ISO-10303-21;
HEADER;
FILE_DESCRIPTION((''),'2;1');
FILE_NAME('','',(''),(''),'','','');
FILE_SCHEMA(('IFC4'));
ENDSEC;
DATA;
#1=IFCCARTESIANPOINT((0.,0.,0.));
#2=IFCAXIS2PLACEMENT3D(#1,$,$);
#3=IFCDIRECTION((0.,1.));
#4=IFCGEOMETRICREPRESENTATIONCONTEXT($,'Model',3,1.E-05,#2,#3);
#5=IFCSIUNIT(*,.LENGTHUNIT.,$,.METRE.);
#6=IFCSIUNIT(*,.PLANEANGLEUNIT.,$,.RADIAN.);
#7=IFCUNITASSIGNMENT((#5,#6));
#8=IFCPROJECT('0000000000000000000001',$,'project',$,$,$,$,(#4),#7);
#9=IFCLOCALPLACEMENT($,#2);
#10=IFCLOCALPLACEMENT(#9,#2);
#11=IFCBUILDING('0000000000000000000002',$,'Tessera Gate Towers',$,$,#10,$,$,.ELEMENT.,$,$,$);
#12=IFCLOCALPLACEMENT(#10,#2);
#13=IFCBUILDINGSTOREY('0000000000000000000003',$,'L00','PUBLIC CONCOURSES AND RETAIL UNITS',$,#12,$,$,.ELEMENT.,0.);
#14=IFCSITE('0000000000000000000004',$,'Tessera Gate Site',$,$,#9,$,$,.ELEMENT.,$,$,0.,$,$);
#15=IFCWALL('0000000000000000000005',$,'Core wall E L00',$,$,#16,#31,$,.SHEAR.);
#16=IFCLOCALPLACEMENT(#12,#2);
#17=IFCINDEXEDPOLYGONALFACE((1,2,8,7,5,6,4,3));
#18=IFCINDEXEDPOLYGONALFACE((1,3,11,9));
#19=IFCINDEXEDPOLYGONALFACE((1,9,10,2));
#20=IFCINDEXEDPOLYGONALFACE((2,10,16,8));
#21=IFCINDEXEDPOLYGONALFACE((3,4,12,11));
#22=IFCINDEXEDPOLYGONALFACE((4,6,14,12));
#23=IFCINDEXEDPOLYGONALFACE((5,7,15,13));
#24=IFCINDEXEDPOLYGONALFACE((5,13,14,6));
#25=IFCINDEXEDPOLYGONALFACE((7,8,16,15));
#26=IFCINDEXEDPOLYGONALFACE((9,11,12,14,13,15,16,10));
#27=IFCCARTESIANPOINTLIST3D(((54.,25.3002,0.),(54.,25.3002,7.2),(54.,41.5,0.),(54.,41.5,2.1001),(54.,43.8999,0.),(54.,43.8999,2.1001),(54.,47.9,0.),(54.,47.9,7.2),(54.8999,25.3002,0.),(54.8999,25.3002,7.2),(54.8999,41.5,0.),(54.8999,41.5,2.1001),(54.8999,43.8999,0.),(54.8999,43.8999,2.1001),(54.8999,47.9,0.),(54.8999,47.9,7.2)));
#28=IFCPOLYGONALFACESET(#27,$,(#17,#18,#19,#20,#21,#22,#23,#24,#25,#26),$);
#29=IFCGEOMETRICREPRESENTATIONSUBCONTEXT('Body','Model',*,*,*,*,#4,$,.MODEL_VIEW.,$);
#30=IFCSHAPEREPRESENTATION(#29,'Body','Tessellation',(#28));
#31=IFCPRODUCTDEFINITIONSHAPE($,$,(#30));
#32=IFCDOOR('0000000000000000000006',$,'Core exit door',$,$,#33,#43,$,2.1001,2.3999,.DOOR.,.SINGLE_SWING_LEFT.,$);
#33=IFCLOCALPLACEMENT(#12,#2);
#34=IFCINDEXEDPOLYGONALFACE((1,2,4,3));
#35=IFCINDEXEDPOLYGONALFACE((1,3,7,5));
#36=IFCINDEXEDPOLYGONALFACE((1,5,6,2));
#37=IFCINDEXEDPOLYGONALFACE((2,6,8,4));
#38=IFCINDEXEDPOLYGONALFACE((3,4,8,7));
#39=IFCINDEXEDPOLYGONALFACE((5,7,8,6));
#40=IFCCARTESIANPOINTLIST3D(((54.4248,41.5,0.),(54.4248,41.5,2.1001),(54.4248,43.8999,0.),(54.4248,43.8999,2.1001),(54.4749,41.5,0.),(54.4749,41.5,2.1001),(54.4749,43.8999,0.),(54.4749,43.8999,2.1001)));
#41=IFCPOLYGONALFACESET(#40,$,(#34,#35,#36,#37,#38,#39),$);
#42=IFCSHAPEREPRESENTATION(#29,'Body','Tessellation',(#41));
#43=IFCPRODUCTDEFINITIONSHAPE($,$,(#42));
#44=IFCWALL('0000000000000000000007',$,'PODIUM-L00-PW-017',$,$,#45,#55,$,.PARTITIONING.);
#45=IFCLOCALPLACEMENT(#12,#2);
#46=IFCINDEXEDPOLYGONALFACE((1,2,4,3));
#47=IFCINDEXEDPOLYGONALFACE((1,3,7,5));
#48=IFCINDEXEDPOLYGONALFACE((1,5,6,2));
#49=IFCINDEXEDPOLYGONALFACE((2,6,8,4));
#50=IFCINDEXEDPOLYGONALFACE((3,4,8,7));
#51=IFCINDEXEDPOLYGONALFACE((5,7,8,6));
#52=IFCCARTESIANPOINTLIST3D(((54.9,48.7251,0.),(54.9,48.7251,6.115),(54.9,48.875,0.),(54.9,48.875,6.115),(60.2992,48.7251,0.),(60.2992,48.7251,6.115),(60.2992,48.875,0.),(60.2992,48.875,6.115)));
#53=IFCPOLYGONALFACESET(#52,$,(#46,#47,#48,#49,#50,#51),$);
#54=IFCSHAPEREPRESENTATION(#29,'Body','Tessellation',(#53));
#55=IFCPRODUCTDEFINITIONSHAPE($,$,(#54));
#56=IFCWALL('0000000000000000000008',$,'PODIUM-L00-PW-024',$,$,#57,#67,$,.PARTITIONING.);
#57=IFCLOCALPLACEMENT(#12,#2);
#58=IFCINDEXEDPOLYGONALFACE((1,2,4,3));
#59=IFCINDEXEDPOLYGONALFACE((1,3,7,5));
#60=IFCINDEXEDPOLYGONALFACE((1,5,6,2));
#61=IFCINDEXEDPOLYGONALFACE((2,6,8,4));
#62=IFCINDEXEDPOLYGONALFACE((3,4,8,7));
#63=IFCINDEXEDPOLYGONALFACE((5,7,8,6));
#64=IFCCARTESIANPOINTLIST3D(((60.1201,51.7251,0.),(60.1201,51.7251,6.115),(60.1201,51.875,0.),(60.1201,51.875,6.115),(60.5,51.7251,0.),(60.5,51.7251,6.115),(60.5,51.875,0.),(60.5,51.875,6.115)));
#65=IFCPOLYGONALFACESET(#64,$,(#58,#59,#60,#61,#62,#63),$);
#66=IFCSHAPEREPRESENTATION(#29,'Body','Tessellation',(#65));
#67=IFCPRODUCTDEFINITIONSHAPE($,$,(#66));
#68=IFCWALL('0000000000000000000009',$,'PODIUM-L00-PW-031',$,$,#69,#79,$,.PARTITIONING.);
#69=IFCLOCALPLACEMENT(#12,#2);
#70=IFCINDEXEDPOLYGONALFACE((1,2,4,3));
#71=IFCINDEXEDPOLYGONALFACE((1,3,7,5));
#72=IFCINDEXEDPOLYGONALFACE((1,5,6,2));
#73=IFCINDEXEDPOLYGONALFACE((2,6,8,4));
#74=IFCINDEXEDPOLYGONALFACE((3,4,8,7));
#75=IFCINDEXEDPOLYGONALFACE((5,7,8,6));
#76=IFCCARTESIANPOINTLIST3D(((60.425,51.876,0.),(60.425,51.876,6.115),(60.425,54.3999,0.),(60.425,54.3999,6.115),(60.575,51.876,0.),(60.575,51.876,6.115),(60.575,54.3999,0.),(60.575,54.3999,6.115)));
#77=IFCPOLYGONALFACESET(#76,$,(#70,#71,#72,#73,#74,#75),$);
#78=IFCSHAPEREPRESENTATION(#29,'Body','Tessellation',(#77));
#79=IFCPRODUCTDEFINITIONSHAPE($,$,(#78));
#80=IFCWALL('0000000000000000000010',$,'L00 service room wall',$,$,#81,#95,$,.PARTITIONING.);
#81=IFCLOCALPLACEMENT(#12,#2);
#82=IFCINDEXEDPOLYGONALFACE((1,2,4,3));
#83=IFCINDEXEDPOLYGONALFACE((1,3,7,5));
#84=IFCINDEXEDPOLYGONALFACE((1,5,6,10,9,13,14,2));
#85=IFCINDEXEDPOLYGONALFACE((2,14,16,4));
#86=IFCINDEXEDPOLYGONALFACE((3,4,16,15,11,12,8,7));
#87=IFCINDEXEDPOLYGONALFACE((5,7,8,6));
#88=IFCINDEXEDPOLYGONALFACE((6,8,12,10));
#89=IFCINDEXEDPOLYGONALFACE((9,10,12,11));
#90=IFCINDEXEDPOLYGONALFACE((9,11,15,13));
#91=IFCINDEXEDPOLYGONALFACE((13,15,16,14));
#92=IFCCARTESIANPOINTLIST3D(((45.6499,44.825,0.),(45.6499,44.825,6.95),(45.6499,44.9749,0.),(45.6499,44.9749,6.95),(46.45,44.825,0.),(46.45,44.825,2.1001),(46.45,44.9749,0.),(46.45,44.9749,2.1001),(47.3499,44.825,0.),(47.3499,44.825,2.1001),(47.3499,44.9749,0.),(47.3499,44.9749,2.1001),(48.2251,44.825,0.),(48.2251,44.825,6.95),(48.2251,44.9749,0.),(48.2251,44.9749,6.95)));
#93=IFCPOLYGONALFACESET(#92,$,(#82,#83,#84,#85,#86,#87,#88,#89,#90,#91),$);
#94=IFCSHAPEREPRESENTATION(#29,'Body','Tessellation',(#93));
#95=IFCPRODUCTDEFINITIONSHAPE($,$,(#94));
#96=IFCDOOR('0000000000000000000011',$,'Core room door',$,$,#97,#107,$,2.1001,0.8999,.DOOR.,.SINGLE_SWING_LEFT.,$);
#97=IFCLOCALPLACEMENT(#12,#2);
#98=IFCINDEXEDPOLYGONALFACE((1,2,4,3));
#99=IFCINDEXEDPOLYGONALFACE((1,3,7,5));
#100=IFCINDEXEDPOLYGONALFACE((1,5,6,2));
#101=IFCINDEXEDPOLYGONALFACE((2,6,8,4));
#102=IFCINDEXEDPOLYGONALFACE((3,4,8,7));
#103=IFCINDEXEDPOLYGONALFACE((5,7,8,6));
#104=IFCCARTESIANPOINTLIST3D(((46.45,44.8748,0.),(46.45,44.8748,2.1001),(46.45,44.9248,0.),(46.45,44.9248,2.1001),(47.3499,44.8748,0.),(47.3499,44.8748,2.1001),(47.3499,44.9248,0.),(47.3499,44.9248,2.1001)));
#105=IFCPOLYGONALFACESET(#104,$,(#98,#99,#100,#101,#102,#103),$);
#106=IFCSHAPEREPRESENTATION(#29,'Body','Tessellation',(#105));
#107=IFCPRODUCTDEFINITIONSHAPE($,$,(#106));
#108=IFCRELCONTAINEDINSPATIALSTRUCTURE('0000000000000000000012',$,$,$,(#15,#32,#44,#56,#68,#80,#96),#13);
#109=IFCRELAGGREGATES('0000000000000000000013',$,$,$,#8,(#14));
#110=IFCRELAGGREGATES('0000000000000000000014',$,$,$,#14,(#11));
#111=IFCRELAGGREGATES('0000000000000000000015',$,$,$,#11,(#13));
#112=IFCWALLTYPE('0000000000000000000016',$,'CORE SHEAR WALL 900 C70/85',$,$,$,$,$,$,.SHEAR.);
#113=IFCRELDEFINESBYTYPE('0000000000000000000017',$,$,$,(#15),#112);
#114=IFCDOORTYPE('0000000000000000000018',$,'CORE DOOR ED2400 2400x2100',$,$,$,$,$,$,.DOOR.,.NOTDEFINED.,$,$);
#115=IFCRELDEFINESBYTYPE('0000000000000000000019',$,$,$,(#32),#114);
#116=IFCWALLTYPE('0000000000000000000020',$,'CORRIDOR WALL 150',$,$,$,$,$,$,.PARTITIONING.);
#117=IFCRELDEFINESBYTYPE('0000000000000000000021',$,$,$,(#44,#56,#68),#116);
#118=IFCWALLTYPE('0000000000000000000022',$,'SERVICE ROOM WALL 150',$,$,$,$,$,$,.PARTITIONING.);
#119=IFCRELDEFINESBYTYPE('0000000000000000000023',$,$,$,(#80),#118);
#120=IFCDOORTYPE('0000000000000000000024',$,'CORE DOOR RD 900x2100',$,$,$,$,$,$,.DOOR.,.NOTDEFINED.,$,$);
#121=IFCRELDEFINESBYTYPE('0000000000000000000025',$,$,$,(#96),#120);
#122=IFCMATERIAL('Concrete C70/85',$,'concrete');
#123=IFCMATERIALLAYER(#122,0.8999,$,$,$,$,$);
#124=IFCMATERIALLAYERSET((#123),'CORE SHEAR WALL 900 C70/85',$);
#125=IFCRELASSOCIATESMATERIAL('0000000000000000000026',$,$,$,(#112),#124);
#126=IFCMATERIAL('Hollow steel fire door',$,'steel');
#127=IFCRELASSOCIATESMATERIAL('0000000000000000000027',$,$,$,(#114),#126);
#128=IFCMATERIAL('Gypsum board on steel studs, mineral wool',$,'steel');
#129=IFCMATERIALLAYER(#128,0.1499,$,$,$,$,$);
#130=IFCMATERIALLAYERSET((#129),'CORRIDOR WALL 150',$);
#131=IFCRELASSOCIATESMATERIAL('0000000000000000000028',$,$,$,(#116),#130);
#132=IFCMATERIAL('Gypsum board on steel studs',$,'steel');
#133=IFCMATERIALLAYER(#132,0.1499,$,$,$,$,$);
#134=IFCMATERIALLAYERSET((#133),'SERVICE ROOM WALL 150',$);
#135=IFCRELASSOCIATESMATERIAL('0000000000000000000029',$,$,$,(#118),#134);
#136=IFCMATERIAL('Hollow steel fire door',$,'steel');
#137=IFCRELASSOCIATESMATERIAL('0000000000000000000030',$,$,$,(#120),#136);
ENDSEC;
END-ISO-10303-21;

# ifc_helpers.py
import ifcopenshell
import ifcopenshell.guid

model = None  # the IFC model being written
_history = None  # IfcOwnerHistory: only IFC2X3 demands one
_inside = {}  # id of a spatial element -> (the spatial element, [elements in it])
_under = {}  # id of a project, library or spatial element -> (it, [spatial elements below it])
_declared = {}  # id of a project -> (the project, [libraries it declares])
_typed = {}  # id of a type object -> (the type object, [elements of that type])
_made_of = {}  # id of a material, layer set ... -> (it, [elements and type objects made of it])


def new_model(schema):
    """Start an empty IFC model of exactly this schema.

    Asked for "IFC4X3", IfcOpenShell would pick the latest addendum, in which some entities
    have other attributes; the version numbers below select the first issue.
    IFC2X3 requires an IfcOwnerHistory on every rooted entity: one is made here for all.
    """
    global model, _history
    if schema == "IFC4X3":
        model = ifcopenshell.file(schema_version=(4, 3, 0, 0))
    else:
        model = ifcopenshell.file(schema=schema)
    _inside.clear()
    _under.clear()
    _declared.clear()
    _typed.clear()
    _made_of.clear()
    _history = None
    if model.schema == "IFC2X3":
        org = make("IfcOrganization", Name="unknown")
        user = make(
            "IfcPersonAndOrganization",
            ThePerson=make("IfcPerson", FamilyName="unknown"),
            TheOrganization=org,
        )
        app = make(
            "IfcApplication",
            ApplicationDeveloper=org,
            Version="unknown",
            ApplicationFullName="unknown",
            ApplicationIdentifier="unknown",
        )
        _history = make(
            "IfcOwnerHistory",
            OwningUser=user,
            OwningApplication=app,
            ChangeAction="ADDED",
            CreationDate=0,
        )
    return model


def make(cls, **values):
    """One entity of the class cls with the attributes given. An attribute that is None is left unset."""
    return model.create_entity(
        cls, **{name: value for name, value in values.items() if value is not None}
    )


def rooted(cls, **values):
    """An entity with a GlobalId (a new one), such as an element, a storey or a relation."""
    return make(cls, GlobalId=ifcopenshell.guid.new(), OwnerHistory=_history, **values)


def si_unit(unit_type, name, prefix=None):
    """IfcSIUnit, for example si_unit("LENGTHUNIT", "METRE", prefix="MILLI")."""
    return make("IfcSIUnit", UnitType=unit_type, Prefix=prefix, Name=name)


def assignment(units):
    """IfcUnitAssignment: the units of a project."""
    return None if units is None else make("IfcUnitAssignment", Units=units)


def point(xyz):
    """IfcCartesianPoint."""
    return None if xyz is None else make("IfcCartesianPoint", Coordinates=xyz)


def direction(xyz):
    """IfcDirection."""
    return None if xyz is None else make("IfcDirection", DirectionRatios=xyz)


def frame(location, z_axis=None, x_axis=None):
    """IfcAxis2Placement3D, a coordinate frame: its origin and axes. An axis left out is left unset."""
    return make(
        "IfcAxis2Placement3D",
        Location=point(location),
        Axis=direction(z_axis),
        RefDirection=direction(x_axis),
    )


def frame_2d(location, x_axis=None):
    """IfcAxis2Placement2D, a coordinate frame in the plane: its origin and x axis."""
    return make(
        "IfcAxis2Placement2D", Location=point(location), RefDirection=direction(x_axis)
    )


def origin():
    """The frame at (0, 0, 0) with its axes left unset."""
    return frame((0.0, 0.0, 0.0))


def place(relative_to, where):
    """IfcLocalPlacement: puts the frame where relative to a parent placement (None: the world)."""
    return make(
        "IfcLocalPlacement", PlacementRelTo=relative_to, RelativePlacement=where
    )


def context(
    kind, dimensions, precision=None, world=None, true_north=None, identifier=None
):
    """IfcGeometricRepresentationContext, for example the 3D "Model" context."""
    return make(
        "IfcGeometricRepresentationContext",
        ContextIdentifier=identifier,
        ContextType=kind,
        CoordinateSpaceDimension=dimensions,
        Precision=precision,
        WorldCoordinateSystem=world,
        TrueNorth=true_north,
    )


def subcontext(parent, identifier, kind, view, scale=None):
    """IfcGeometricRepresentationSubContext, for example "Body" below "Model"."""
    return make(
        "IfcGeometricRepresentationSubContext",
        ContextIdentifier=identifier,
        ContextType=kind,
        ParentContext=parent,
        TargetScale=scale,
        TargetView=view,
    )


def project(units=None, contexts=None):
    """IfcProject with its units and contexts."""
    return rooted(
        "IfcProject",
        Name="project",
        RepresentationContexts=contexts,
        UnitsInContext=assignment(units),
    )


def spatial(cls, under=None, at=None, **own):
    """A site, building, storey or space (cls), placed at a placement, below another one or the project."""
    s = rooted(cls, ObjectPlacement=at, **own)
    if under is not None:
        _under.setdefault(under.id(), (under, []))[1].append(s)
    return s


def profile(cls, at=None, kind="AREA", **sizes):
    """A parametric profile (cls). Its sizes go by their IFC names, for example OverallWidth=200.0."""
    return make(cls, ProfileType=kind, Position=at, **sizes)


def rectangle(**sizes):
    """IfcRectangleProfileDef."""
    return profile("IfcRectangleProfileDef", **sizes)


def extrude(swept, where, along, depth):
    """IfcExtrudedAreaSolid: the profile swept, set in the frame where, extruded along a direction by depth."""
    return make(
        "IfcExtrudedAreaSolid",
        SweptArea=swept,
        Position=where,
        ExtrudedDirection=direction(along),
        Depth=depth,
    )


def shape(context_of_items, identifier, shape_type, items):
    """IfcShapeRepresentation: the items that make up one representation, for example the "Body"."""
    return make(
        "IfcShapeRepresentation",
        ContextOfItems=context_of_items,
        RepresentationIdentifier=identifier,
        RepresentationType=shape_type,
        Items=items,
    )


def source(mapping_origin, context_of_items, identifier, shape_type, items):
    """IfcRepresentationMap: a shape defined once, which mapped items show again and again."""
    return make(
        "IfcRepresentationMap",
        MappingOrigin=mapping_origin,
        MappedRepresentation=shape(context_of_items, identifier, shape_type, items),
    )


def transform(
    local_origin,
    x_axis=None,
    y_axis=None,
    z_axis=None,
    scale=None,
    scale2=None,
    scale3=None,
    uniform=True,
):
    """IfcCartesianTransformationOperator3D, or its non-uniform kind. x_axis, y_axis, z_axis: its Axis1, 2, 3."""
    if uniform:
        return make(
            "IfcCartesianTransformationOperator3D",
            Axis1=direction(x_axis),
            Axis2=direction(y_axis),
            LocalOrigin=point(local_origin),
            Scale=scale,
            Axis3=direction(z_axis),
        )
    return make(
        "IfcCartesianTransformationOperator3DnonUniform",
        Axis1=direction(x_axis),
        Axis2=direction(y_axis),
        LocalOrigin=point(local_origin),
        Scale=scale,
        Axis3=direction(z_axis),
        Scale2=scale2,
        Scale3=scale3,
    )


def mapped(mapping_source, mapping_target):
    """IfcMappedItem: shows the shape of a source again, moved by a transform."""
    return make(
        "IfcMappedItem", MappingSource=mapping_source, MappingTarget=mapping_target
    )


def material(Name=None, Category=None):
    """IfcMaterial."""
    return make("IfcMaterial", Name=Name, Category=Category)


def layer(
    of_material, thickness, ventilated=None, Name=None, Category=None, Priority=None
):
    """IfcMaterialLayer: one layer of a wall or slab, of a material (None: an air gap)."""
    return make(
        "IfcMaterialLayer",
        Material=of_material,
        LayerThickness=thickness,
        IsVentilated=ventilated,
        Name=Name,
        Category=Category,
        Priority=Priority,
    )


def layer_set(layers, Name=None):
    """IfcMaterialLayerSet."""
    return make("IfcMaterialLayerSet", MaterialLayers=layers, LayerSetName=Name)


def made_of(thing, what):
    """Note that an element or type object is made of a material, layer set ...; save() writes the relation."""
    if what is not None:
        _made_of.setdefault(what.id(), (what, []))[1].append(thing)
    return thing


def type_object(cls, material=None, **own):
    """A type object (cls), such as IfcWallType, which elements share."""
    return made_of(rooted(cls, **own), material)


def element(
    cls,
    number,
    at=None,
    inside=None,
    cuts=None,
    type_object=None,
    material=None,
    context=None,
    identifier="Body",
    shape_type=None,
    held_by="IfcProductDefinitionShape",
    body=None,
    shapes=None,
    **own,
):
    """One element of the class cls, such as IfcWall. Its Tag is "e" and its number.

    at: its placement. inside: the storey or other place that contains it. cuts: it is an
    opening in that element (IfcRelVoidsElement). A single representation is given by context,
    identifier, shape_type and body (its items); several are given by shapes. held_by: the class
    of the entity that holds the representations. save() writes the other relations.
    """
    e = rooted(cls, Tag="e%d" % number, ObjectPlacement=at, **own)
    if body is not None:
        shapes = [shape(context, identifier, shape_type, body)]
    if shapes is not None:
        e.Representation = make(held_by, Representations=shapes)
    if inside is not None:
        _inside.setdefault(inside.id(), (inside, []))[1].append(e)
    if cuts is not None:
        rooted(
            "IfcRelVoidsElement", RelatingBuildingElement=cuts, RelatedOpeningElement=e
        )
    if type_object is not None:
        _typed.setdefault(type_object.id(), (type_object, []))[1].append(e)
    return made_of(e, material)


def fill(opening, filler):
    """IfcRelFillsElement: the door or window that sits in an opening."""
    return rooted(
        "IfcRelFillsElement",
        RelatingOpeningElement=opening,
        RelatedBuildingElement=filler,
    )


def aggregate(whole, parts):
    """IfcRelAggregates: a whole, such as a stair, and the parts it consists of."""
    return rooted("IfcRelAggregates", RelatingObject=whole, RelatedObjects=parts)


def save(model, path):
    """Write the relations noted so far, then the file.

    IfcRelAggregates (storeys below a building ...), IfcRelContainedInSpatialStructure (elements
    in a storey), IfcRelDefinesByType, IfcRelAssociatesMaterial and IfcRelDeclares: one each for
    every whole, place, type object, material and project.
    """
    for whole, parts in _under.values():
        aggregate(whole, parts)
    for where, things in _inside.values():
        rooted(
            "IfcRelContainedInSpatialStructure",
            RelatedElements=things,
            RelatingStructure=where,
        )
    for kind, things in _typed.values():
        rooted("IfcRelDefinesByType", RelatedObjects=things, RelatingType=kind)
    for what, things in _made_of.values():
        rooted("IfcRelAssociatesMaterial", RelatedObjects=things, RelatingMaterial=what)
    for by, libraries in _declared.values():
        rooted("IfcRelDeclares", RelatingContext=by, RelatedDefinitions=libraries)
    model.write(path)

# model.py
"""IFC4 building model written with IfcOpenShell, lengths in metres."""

from ifc_helpers import new_model, si_unit, direction, frame, frame_2d, origin, place, context, subcontext, project, spatial, rectangle, extrude, source, transform, mapped, material, layer, layer_set, type_object, element, fill, save


model = new_model("IFC4")

# Units and contexts
model_context = context("Model", 3, precision=1e-05, world=origin(), true_north=direction((0.0, 1.0)))
body_context = subcontext(model_context, "Body", "Model", "MODEL_VIEW")
ifc_project = project(units=[si_unit("LENGTHUNIT", "METRE"), si_unit("PLANEANGLEUNIT", "RADIAN")], contexts=[model_context])

# Site, building, storey
site_placement = place(None, origin())
site = spatial("IfcSite", under=ifc_project, at=site_placement, Name="Tessera Gate Site", CompositionType="ELEMENT", RefElevation=0.0)
building_placement = place(site_placement, origin())
building = spatial("IfcBuilding", under=site, at=building_placement, Name="Tessera Gate Towers", CompositionType="ELEMENT")
storey_placement = place(building_placement, origin())
storey = spatial("IfcBuildingStorey", under=building, at=storey_placement, Name="L00", Description="PUBLIC CONCOURSES AND RETAIL UNITS", CompositionType="ELEMENT", Elevation=0.0)

# Wall, opening, door
ifc_material_1 = material(Name="Concrete C70/85", Category="concrete")
ifc_layer_1 = layer(ifc_material_1, 0.8999)
ifc_layer_set_1 = layer_set([ifc_layer_1], Name="CORE SHEAR WALL 900 C70/85")
wall_type_1 = type_object("IfcWallType", Name="CORE SHEAR WALL 900 C70/85", PredefinedType="SHEAR", material=ifc_layer_set_1)
wall_1_placement = place(storey_placement, frame((54.45, 47.8999, 0.0), z_axis=(0.0, 0.0, 1.0), x_axis=(0.0, -1.0, 0.0)))
wall_1 = element("IfcWall", 1, at=wall_1_placement, inside=storey, type_object=wall_type_1, Name="Core wall E L00", PredefinedType="SHEAR", context=body_context, shape_type="SweptSolid", body=[
    extrude(rectangle(XDim=22.5999, YDim=0.8999, at=frame_2d((11.2998, 0.0))), origin(), (0.0, 0.0, 1.0), 7.2),
])
shared_shape_1 = source(origin(), body_context, "Body", "SweptSolid", [
    extrude(rectangle(XDim=2.3999, YDim=2.1001, at=frame_2d((1.2, 1.05))), frame((0.0, 0.46, 0.0), z_axis=(0.0, -1.0, 0.0), x_axis=(1.0, 0.0, 0.0)), (0.0, 0.0, 1.0), 0.9199),
])
opening_1_placement = place(wall_1_placement, frame((4.0, 0.0, 0.0)))
opening_1 = element("IfcOpeningElement", 2, at=opening_1_placement, cuts=wall_1, PredefinedType="OPENING", context=body_context, shape_type="MappedRepresentation", body=[
    mapped(shared_shape_1, transform((0.0, 0.0, 0.0), scale=1.0)),
])
ifc_material_2 = material(Name="Hollow steel fire door", Category="steel")
door_type_1 = type_object("IfcDoorType", Name="CORE DOOR ED2400 2400x2100", OperationType="NOTDEFINED", PredefinedType="DOOR", material=ifc_material_2)
shared_shape_2 = source(origin(), body_context, "Body", "SweptSolid", [
    extrude(rectangle(XDim=2.3999, YDim=2.1001, at=frame_2d((1.2, 1.05))), frame((0.0, 0.0249, 0.0), z_axis=(0.0, -1.0, 0.0), x_axis=(1.0, 0.0, 0.0)), (0.0, 0.0, 1.0), 0.05),
])
door_1_placement = place(opening_1_placement, origin())
door_1 = element("IfcDoor", 3, at=door_1_placement, inside=storey, type_object=door_type_1, Name="Core exit door", OperationType="SINGLE_SWING_LEFT", OverallHeight=2.1001, OverallWidth=2.3999, PredefinedType="DOOR", context=body_context, shape_type="MappedRepresentation", body=[
    mapped(shared_shape_2, transform((0.0, 0.0, 0.0), scale=1.0)),
])
fill(opening_1, door_1)

# Walls
ifc_material_3 = material(Name="Gypsum board on steel studs, mineral wool", Category="steel")
ifc_layer_2 = layer(ifc_material_3, 0.1499)
ifc_layer_set_2 = layer_set([ifc_layer_2], Name="CORRIDOR WALL 150")
wall_type_2 = type_object("IfcWallType", Name="CORRIDOR WALL 150", PredefinedType="PARTITIONING", material=ifc_layer_set_2)
wall_2_placement = place(storey_placement, frame((54.8999, 48.8, 0.0), z_axis=(0.0, 0.0, 1.0), x_axis=(1.0, 0.0, 0.0)))
element("IfcWall", 4, at=wall_2_placement, inside=storey, type_object=wall_type_2, Name="PODIUM-L00-PW-017", PredefinedType="PARTITIONING", context=body_context, shape_type="SweptSolid", body=[
    extrude(rectangle(XDim=5.3992, YDim=0.1499, at=frame_2d((2.6997, 0.0))), origin(), (0.0, 0.0, 1.0), 6.115),
])
wall_3_placement = place(storey_placement, frame((60.1201, 51.8, 0.0), z_axis=(0.0, 0.0, 1.0), x_axis=(1.0, 0.0, 0.0)))
element("IfcWall", 5, at=wall_3_placement, inside=storey, type_object=wall_type_2, Name="PODIUM-L00-PW-024", PredefinedType="PARTITIONING", context=body_context, shape_type="SweptSolid", body=[
    extrude(rectangle(XDim=0.3799, YDim=0.1499, at=frame_2d((0.1899, 0.0))), origin(), (0.0, 0.0, 1.0), 6.115),
])
wall_4_placement = place(storey_placement, frame((60.5, 51.876, 0.0), z_axis=(0.0, 0.0, 1.0), x_axis=(0.0, 1.0, 0.0)))
element("IfcWall", 6, at=wall_4_placement, inside=storey, type_object=wall_type_2, Name="PODIUM-L00-PW-031", PredefinedType="PARTITIONING", context=body_context, shape_type="SweptSolid", body=[
    extrude(rectangle(XDim=2.5239, YDim=0.1499, at=frame_2d((1.262, 0.0))), origin(), (0.0, 0.0, 1.0), 6.115),
])

# Wall, opening, door
ifc_material_4 = material(Name="Gypsum board on steel studs", Category="steel")
ifc_layer_3 = layer(ifc_material_4, 0.1499)
ifc_layer_set_3 = layer_set([ifc_layer_3], Name="SERVICE ROOM WALL 150")
wall_type_3 = type_object("IfcWallType", Name="SERVICE ROOM WALL 150", PredefinedType="PARTITIONING", material=ifc_layer_set_3)
wall_5_placement = place(storey_placement, frame((45.6499, 44.8999, 0.0), z_axis=(0.0, 0.0, 1.0), x_axis=(1.0, 0.0, 0.0)))
wall_5 = element("IfcWall", 7, at=wall_5_placement, inside=storey, type_object=wall_type_3, Name="L00 service room wall", PredefinedType="PARTITIONING", context=body_context, shape_type="SweptSolid", body=[
    extrude(rectangle(XDim=2.5752, YDim=0.1499, at=frame_2d((1.2876, 0.0))), origin(), (0.0, 0.0, 1.0), 6.95),
])
shared_shape_3 = source(origin(), body_context, "Body", "SweptSolid", [
    extrude(rectangle(XDim=0.8999, YDim=2.1001, at=frame_2d((0.45, 1.05))), frame((0.0, 0.085, 0.0), z_axis=(0.0, -1.0, 0.0), x_axis=(1.0, 0.0, 0.0)), (0.0, 0.0, 1.0), 0.1699),
])
opening_2_placement = place(wall_5_placement, frame((0.8, 0.0, 0.0)))
opening_2 = element("IfcOpeningElement", 8, at=opening_2_placement, cuts=wall_5, PredefinedType="OPENING", context=body_context, shape_type="MappedRepresentation", body=[
    mapped(shared_shape_3, transform((0.0, 0.0, 0.0), scale=1.0)),
])
ifc_material_5 = material(Name="Hollow steel fire door", Category="steel")
door_type_2 = type_object("IfcDoorType", Name="CORE DOOR RD 900x2100", OperationType="NOTDEFINED", PredefinedType="DOOR", material=ifc_material_5)
shared_shape_4 = source(origin(), body_context, "Body", "SweptSolid", [
    extrude(rectangle(XDim=0.8999, YDim=2.1001, at=frame_2d((0.45, 1.05))), frame((0.0, 0.0249, 0.0), z_axis=(0.0, -1.0, 0.0), x_axis=(1.0, 0.0, 0.0)), (0.0, 0.0, 1.0), 0.05),
])
door_2_placement = place(opening_2_placement, origin())
door_2 = element("IfcDoor", 9, at=door_2_placement, inside=storey, type_object=door_type_2, Name="Core room door", OperationType="SINGLE_SWING_LEFT", OverallHeight=2.1001, OverallWidth=0.8999, PredefinedType="DOOR", context=body_context, shape_type="MappedRepresentation", body=[
    mapped(shared_shape_4, transform((0.0, 0.0, 0.0), scale=1.0)),
])
fill(opening_2, door_2)

save(model, "model.ifc")
